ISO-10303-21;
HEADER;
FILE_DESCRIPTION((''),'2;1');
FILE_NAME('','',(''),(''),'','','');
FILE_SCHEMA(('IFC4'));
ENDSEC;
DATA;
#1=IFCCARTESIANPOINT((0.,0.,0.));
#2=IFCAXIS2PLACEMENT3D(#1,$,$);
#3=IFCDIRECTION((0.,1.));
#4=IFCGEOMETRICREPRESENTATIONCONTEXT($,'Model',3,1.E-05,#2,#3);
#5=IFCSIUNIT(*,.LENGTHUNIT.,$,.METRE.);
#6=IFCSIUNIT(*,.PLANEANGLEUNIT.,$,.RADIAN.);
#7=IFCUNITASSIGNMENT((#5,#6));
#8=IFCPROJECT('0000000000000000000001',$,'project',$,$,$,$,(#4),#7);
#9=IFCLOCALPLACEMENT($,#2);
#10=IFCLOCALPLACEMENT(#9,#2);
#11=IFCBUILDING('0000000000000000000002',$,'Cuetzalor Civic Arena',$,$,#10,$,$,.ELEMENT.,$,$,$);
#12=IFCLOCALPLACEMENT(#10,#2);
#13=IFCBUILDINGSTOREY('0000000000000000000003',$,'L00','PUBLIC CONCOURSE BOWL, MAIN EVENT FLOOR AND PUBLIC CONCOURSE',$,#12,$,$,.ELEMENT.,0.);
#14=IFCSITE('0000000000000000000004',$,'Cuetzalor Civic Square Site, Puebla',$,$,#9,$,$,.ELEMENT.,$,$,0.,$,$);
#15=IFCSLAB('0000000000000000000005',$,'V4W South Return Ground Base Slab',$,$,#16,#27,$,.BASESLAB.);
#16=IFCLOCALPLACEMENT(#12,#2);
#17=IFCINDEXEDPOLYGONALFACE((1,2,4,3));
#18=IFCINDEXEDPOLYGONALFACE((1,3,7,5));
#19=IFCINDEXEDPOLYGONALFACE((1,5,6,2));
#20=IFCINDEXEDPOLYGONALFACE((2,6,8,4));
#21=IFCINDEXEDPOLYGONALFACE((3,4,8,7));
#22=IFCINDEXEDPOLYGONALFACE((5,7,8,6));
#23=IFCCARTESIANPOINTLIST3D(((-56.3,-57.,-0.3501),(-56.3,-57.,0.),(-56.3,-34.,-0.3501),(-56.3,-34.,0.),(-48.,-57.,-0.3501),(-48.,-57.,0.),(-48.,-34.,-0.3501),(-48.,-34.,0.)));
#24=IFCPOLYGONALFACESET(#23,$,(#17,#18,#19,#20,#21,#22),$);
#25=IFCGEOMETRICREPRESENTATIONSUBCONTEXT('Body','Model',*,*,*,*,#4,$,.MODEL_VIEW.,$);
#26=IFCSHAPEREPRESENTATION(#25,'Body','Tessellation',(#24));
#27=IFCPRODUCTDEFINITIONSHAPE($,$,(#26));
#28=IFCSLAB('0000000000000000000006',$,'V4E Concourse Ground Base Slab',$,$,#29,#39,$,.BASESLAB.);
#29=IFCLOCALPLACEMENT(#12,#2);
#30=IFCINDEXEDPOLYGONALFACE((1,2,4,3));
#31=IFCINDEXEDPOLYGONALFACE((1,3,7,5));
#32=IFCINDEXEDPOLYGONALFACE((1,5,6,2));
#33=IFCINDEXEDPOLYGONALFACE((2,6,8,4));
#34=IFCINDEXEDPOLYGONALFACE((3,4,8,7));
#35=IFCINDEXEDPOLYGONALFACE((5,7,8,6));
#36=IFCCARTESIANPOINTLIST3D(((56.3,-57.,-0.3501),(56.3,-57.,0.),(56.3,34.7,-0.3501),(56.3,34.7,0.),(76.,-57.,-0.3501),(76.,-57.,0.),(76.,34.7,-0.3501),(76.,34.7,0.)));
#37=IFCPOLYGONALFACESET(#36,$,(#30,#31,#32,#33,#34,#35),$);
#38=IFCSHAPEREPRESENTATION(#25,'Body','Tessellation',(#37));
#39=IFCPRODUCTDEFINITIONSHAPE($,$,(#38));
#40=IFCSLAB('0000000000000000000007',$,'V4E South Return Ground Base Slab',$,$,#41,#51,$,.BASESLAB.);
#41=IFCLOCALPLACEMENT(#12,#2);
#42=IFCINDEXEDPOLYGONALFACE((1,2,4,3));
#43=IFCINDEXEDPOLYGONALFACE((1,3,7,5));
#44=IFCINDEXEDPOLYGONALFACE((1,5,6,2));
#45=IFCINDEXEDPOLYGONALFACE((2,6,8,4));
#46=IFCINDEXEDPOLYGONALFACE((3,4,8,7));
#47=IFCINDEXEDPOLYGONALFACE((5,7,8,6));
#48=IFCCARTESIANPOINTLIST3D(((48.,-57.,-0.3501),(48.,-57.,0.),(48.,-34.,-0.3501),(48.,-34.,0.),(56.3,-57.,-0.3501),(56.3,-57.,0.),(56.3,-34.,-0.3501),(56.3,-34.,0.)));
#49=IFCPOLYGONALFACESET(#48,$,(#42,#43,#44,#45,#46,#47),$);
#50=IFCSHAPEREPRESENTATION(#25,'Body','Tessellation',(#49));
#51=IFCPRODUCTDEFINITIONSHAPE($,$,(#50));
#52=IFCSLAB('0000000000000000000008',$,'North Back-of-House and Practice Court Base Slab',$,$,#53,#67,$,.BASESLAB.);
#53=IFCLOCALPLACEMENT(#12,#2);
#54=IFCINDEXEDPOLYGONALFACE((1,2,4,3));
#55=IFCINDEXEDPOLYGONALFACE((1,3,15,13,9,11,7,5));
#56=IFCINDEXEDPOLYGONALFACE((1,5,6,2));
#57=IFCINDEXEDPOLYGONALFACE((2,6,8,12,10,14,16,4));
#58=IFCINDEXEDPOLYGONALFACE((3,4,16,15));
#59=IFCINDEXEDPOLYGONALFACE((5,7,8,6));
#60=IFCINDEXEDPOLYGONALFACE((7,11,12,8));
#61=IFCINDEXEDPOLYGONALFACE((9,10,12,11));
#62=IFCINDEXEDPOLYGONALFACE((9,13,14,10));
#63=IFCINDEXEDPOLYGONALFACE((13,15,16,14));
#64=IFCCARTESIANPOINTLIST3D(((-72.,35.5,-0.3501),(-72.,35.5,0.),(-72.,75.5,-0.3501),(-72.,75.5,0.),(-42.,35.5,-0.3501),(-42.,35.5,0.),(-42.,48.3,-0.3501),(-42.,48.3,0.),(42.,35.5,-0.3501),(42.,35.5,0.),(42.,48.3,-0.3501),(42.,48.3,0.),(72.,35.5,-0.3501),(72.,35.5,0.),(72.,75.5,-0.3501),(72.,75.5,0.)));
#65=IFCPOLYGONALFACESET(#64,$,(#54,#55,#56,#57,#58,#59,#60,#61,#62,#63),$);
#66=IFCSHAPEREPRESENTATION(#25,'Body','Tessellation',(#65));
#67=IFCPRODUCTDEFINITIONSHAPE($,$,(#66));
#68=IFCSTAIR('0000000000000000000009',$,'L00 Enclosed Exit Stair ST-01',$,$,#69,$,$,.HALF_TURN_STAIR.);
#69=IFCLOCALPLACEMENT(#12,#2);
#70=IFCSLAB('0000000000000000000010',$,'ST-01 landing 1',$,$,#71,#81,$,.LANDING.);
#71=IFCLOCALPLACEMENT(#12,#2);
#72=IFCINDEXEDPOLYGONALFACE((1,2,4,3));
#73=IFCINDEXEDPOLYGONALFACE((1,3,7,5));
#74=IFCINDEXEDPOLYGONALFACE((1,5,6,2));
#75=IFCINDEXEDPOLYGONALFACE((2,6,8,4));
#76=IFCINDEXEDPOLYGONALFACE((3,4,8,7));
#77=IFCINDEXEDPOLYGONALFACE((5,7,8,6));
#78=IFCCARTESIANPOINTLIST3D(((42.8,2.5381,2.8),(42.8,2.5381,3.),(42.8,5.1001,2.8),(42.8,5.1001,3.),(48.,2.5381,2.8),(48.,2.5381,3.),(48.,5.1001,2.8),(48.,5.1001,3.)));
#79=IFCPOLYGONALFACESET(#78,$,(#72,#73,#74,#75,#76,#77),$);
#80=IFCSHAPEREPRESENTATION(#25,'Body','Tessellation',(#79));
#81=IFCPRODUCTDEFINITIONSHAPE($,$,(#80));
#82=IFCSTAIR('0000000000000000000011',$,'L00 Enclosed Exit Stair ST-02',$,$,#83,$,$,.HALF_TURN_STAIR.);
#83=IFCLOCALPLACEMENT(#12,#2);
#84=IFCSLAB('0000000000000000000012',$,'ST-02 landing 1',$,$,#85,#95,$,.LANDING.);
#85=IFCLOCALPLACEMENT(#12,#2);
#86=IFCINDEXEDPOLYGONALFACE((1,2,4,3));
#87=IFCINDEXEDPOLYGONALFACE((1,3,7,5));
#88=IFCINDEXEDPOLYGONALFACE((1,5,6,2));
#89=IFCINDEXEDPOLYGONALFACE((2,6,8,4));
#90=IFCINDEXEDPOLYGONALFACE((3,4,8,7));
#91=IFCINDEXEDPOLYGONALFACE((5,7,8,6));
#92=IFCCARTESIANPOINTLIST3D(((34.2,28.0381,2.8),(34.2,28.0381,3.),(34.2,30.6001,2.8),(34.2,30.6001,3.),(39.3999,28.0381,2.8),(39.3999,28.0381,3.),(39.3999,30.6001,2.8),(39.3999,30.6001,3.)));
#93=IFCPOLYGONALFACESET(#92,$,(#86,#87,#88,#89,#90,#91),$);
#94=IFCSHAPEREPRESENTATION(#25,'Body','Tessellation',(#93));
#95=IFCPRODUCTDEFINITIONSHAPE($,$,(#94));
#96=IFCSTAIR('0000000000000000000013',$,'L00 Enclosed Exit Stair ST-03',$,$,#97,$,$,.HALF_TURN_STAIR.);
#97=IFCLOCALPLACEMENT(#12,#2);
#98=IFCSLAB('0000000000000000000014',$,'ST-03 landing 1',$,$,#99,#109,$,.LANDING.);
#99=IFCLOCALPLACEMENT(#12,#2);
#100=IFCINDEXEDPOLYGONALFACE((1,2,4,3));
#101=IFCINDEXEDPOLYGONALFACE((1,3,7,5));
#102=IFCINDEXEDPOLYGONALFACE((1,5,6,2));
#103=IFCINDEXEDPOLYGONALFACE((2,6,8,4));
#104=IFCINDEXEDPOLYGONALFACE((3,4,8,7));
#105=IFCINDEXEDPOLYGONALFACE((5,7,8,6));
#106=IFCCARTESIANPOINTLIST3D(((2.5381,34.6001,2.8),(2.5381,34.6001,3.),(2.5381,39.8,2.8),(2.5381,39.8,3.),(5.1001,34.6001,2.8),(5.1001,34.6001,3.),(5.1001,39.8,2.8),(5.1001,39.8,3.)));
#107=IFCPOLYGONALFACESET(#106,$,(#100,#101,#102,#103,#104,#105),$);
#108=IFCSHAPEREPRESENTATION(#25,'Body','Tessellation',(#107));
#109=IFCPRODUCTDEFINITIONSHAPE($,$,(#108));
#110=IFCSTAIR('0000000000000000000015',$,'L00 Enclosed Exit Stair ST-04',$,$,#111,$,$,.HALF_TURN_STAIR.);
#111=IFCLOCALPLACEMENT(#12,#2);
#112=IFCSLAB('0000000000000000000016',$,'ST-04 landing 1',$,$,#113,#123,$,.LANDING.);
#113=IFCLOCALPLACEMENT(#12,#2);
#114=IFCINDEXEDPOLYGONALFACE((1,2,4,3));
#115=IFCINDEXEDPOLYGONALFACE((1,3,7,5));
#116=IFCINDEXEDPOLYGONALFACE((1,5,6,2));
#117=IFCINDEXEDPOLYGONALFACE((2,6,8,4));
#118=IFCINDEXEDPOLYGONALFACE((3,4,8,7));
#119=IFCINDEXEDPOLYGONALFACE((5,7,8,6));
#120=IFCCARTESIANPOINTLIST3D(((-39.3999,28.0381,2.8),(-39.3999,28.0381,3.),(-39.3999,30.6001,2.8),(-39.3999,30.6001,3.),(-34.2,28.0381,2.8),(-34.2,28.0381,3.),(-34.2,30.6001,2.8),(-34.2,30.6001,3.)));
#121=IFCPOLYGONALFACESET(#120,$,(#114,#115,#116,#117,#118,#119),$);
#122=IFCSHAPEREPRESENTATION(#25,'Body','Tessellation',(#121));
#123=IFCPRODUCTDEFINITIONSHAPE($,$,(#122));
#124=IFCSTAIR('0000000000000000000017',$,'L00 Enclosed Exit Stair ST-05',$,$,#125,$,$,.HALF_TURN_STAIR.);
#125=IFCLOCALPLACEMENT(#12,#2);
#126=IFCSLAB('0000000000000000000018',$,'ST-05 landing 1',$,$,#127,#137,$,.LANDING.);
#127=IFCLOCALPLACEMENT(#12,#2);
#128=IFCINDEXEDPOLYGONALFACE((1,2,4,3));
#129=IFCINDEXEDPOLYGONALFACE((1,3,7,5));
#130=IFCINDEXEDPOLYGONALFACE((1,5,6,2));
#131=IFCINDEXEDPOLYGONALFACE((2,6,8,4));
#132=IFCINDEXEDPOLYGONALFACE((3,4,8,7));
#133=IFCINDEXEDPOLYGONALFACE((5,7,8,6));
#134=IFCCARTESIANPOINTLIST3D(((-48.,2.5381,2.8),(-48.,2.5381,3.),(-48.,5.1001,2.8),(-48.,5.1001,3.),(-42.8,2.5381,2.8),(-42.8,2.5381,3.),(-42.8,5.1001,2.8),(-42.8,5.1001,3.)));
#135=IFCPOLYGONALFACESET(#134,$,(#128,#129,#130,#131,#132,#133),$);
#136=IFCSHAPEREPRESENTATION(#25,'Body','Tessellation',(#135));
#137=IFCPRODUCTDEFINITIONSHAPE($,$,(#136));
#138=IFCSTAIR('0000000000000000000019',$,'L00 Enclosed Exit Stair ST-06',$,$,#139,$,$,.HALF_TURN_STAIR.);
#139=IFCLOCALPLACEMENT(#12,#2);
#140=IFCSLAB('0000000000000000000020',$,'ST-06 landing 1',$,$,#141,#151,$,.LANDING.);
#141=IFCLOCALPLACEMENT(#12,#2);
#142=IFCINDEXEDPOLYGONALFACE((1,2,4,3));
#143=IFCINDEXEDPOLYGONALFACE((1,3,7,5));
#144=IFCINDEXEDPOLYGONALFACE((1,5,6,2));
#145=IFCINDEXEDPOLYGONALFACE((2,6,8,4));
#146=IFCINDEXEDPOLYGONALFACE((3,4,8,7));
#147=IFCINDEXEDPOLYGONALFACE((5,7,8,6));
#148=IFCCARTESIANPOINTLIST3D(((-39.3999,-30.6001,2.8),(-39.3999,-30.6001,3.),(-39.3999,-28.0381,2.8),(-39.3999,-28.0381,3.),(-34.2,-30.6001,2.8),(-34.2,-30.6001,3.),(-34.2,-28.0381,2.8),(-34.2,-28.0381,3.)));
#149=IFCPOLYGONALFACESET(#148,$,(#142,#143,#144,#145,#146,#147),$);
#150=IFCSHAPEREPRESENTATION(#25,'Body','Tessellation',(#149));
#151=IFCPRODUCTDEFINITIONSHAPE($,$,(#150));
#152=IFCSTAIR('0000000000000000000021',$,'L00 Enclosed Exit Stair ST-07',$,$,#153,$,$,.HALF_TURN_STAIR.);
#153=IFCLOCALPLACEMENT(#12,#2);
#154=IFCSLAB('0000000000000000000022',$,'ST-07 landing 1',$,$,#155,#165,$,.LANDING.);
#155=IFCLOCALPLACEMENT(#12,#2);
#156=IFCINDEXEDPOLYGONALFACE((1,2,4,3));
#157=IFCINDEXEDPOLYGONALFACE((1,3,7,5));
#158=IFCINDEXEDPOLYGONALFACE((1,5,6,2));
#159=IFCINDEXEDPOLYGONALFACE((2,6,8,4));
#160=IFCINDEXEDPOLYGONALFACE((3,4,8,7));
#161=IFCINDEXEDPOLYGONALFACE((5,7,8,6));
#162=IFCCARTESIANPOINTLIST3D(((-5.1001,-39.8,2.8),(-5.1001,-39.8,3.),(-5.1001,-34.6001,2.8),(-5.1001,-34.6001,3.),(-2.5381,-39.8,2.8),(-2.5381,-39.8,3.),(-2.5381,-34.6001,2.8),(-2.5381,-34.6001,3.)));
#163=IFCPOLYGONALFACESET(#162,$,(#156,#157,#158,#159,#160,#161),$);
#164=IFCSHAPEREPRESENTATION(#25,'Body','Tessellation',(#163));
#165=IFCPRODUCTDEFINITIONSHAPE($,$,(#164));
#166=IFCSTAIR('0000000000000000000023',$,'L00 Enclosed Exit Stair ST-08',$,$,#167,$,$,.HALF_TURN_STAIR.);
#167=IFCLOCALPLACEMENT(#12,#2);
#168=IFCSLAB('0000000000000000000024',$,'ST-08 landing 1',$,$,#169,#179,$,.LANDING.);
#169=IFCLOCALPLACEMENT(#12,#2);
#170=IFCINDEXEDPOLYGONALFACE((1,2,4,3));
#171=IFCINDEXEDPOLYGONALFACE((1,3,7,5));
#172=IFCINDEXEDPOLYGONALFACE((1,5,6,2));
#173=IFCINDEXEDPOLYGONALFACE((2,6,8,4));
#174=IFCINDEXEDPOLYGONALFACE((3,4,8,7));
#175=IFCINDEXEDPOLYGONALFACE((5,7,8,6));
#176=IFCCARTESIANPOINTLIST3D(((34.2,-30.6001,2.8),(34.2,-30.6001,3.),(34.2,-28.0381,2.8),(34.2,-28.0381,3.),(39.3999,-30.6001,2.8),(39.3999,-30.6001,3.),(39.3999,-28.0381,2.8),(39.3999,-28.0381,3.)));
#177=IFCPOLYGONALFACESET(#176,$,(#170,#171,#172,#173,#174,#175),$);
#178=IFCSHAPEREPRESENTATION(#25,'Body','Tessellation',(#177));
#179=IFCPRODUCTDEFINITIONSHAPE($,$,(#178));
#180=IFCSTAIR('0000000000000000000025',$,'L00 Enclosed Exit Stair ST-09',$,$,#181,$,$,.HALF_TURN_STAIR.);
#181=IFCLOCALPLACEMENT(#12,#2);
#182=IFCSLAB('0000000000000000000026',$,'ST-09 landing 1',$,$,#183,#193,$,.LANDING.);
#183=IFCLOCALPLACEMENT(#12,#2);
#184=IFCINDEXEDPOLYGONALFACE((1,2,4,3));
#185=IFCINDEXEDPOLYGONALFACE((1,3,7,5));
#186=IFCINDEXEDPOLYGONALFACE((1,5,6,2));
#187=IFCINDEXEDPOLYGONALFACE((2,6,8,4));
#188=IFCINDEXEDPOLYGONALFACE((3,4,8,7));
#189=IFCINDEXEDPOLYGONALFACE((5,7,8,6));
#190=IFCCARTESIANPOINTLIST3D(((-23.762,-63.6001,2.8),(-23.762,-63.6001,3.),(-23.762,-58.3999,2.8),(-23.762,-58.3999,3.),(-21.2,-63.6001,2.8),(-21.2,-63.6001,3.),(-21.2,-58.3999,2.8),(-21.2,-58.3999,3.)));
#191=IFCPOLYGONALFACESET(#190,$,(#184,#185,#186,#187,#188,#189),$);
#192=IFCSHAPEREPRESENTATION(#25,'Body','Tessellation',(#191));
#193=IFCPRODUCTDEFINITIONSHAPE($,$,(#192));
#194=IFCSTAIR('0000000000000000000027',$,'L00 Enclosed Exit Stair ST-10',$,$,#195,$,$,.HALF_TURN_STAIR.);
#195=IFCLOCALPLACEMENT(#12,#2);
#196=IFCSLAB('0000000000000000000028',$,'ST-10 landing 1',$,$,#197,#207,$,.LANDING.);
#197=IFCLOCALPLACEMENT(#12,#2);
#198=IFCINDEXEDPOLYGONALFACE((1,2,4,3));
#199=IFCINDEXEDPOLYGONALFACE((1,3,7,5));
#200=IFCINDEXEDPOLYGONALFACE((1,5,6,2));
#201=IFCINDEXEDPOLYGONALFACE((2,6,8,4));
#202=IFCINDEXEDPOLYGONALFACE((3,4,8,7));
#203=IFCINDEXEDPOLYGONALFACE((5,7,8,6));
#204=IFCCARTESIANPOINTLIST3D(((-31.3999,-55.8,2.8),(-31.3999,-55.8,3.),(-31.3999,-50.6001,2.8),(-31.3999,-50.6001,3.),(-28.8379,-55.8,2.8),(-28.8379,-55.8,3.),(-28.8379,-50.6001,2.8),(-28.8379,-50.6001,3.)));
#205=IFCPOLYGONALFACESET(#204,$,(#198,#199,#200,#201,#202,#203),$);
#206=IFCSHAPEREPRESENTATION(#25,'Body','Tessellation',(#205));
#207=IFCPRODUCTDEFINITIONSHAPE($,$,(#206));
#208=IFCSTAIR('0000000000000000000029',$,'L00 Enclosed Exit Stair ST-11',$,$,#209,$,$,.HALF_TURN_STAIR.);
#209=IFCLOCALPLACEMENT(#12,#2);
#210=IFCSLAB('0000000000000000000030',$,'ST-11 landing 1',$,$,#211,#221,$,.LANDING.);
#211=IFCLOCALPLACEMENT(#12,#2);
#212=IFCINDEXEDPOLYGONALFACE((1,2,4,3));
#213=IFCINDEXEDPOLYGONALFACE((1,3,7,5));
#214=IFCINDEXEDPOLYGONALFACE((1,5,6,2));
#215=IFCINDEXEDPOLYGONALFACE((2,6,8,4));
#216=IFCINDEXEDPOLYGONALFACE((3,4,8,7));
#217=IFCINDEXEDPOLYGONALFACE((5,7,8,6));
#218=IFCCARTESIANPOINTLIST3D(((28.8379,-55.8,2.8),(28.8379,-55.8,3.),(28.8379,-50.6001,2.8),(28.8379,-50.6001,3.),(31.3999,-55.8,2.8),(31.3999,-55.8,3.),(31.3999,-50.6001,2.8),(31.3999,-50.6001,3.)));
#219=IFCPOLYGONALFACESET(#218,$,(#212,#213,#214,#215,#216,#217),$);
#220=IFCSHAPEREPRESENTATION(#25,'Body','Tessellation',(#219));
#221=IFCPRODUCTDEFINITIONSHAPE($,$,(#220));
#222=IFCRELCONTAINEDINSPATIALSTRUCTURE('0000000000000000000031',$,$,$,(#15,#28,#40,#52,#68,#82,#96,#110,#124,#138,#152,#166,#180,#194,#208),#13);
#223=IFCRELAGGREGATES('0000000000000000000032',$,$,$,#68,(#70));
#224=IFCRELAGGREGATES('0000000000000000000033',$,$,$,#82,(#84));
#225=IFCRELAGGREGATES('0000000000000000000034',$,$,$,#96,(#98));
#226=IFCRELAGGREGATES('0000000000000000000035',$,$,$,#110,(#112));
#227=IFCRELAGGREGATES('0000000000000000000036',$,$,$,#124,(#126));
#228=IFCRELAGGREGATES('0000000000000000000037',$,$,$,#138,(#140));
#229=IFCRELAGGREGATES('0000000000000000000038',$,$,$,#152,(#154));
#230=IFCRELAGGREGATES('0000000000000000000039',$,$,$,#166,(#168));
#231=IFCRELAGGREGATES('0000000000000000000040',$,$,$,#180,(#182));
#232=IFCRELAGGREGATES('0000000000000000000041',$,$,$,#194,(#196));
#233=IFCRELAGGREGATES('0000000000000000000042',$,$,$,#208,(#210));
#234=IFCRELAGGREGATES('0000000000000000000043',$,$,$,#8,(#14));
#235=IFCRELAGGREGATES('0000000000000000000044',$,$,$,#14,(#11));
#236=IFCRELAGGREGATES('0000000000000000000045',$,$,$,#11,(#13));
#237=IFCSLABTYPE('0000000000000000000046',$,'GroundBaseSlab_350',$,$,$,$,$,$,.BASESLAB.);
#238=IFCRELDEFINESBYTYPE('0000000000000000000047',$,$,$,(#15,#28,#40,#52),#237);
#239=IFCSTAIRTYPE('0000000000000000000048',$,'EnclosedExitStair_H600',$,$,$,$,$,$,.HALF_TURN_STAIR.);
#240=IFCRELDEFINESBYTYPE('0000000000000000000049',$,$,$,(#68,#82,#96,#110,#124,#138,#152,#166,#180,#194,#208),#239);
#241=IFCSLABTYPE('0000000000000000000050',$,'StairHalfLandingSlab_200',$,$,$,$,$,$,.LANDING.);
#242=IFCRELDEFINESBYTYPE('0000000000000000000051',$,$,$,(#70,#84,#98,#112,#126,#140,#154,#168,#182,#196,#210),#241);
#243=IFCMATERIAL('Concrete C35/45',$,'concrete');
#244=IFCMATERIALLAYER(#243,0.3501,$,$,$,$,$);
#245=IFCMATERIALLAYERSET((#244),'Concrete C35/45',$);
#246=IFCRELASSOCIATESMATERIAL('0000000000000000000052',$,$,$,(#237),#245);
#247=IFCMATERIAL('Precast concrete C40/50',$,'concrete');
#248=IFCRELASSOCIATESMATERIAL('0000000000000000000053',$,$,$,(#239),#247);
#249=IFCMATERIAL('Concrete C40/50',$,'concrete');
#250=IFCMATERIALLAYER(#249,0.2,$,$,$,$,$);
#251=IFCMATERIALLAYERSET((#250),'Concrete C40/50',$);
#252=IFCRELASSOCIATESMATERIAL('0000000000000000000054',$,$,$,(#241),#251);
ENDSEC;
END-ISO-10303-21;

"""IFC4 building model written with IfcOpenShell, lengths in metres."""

from ifc_helpers import new_model, si_unit, direction, frame, origin, place, context, subcontext, project, spatial, polyline, outline, extrude, material, layer, layer_set, type_object, element, aggregate, save


model = new_model("IFC4")

# Units and contexts
model_context = context("Model", 3, precision=1e-05, world=origin(), true_north=direction((0.0, 1.0)))
body_context = subcontext(model_context, "Body", "Model", "MODEL_VIEW")
ifc_project = project(units=[si_unit("LENGTHUNIT", "METRE"), si_unit("PLANEANGLEUNIT", "RADIAN")], contexts=[model_context])

# Site, building, storey
site_placement = place(None, origin())
site = spatial("IfcSite", under=ifc_project, at=site_placement, Name="Cuetzalor Civic Square Site, Puebla", CompositionType="ELEMENT", RefElevation=0.0)
building_placement = place(site_placement, origin())
building = spatial("IfcBuilding", under=site, at=building_placement, Name="Cuetzalor Civic Arena", CompositionType="ELEMENT")
storey_placement = place(building_placement, origin())
storey = spatial("IfcBuildingStorey", under=building, at=storey_placement, Name="L00", Description="PUBLIC CONCOURSE BOWL, MAIN EVENT FLOOR AND PUBLIC CONCOURSE", CompositionType="ELEMENT", Elevation=0.0)

# Slabs
ifc_material_1 = material(Name="Concrete C35/45", Category="concrete")
ifc_layer_1 = layer(ifc_material_1, 0.3501)
ifc_layer_set_1 = layer_set([ifc_layer_1], Name="Concrete C35/45")
slab_type_1 = type_object("IfcSlabType", Name="GroundBaseSlab_350", PredefinedType="BASESLAB", material=ifc_layer_set_1)
slab_1_placement = place(storey_placement, frame((0.0, 0.0, -0.3501)))
element("IfcSlab", 1, at=slab_1_placement, inside=storey, type_object=slab_type_1, Name="V4W South Return Ground Base Slab", PredefinedType="BASESLAB", context=body_context, shape_type="SweptSolid", body=[
    extrude(outline(polyline([(-56.3, -57.0), (-48.0, -57.0), (-48.0, -34.0), (-56.3, -34.0), (-56.3, -57.0)])), origin(), (0.0, 0.0, 1.0), 0.3501),
])
slab_2_placement = place(storey_placement, frame((0.0, 0.0, -0.3501)))
element("IfcSlab", 2, at=slab_2_placement, inside=storey, type_object=slab_type_1, Name="V4E Concourse Ground Base Slab", PredefinedType="BASESLAB", context=body_context, shape_type="SweptSolid", body=[
    extrude(outline(polyline([(56.3, -57.0), (76.0, -57.0), (76.0, 34.7), (56.3, 34.7), (56.3, -57.0)])), origin(), (0.0, 0.0, 1.0), 0.3501),
])
slab_3_placement = place(storey_placement, frame((0.0, 0.0, -0.3501)))
element("IfcSlab", 3, at=slab_3_placement, inside=storey, type_object=slab_type_1, Name="V4E South Return Ground Base Slab", PredefinedType="BASESLAB", context=body_context, shape_type="SweptSolid", body=[
    extrude(outline(polyline([(48.0, -57.0), (56.3, -57.0), (56.3, -34.0), (48.0, -34.0), (48.0, -57.0)])), origin(), (0.0, 0.0, 1.0), 0.3501),
])
slab_4_placement = place(storey_placement, frame((0.0, 0.0, -0.3501)))
element("IfcSlab", 4, at=slab_4_placement, inside=storey, type_object=slab_type_1, Name="North Back-of-House and Practice Court Base Slab", PredefinedType="BASESLAB", context=body_context, shape_type="SweptSolid", body=[
    extrude(outline(polyline([(-72.0, 35.5), (-42.0, 35.5), (-42.0, 48.3), (42.0, 48.3), (42.0, 35.5), (72.0, 35.5), (72.0, 75.5), (-72.0, 75.5), (-72.0, 35.5)])), origin(), (0.0, 0.0, 1.0), 0.3501),
])

# Stairs, slabs
ifc_material_2 = material(Name="Precast concrete C40/50", Category="concrete")
stair_type_1 = type_object("IfcStairType", Name="EnclosedExitStair_H600", PredefinedType="HALF_TURN_STAIR", material=ifc_material_2)
stair_1_placement = place(storey_placement, origin())
stair_1 = element("IfcStair", 5, at=stair_1_placement, inside=storey, type_object=stair_type_1, Name="L00 Enclosed Exit Stair ST-01", PredefinedType="HALF_TURN_STAIR")
ifc_material_3 = material(Name="Concrete C40/50", Category="concrete")
ifc_layer_2 = layer(ifc_material_3, 0.2)
ifc_layer_set_2 = layer_set([ifc_layer_2], Name="Concrete C40/50")
slab_type_2 = type_object("IfcSlabType", Name="StairHalfLandingSlab_200", PredefinedType="LANDING", material=ifc_layer_set_2)
slab_5_placement = place(storey_placement, frame((0.0, 0.0, 2.8)))
slab_5 = element("IfcSlab", 6, at=slab_5_placement, type_object=slab_type_2, Name="ST-01 landing 1", PredefinedType="LANDING", context=body_context, shape_type="SweptSolid", body=[
    extrude(outline(polyline([(48.0, 2.5381), (48.0, 5.1001), (42.8, 5.1001), (42.8, 2.5381), (48.0, 2.5381)])), origin(), (0.0, 0.0, 1.0), 0.2),
])
aggregate(stair_1, [slab_5])
stair_2_placement = place(storey_placement, origin())
stair_2 = element("IfcStair", 7, at=stair_2_placement, inside=storey, type_object=stair_type_1, Name="L00 Enclosed Exit Stair ST-02", PredefinedType="HALF_TURN_STAIR")
slab_6_placement = place(storey_placement, frame((0.0, 0.0, 2.8)))
slab_6 = element("IfcSlab", 8, at=slab_6_placement, type_object=slab_type_2, Name="ST-02 landing 1", PredefinedType="LANDING", context=body_context, shape_type="SweptSolid", body=[
    extrude(outline(polyline([(39.3999, 28.0381), (39.3999, 30.6001), (34.2, 30.6001), (34.2, 28.0381), (39.3999, 28.0381)])), origin(), (0.0, 0.0, 1.0), 0.2),
])
aggregate(stair_2, [slab_6])
stair_3_placement = place(storey_placement, origin())
stair_3 = element("IfcStair", 9, at=stair_3_placement, inside=storey, type_object=stair_type_1, Name="L00 Enclosed Exit Stair ST-03", PredefinedType="HALF_TURN_STAIR")
slab_7_placement = place(storey_placement, frame((0.0, 0.0, 2.8)))
slab_7 = element("IfcSlab", 10, at=slab_7_placement, type_object=slab_type_2, Name="ST-03 landing 1", PredefinedType="LANDING", context=body_context, shape_type="SweptSolid", body=[
    extrude(outline(polyline([(2.5381, 34.6001), (5.1001, 34.6001), (5.1001, 39.8), (2.5381, 39.8), (2.5381, 34.6001)])), origin(), (0.0, 0.0, 1.0), 0.2),
])
aggregate(stair_3, [slab_7])
stair_4_placement = place(storey_placement, origin())
stair_4 = element("IfcStair", 11, at=stair_4_placement, inside=storey, type_object=stair_type_1, Name="L00 Enclosed Exit Stair ST-04", PredefinedType="HALF_TURN_STAIR")
slab_8_placement = place(storey_placement, frame((0.0, 0.0, 2.8)))
slab_8 = element("IfcSlab", 12, at=slab_8_placement, type_object=slab_type_2, Name="ST-04 landing 1", PredefinedType="LANDING", context=body_context, shape_type="SweptSolid", body=[
    extrude(outline(polyline([(-34.2, 28.0381), (-34.2, 30.6001), (-39.3999, 30.6001), (-39.3999, 28.0381), (-34.2, 28.0381)])), origin(), (0.0, 0.0, 1.0), 0.2),
])
aggregate(stair_4, [slab_8])
stair_5_placement = place(storey_placement, origin())
stair_5 = element("IfcStair", 13, at=stair_5_placement, inside=storey, type_object=stair_type_1, Name="L00 Enclosed Exit Stair ST-05", PredefinedType="HALF_TURN_STAIR")
slab_9_placement = place(storey_placement, frame((0.0, 0.0, 2.8)))
slab_9 = element("IfcSlab", 14, at=slab_9_placement, type_object=slab_type_2, Name="ST-05 landing 1", PredefinedType="LANDING", context=body_context, shape_type="SweptSolid", body=[
    extrude(outline(polyline([(-42.8, 2.5381), (-42.8, 5.1001), (-48.0, 5.1001), (-48.0, 2.5381), (-42.8, 2.5381)])), origin(), (0.0, 0.0, 1.0), 0.2),
])
aggregate(stair_5, [slab_9])
stair_6_placement = place(storey_placement, origin())
stair_6 = element("IfcStair", 15, at=stair_6_placement, inside=storey, type_object=stair_type_1, Name="L00 Enclosed Exit Stair ST-06", PredefinedType="HALF_TURN_STAIR")
slab_10_placement = place(storey_placement, frame((0.0, 0.0, 2.8)))
slab_10 = element("IfcSlab", 16, at=slab_10_placement, type_object=slab_type_2, Name="ST-06 landing 1", PredefinedType="LANDING", context=body_context, shape_type="SweptSolid", body=[
    extrude(outline(polyline([(-39.3999, -28.0381), (-39.3999, -30.6001), (-34.2, -30.6001), (-34.2, -28.0381), (-39.3999, -28.0381)])), origin(), (0.0, 0.0, 1.0), 0.2),
])
aggregate(stair_6, [slab_10])
stair_7_placement = place(storey_placement, origin())
stair_7 = element("IfcStair", 17, at=stair_7_placement, inside=storey, type_object=stair_type_1, Name="L00 Enclosed Exit Stair ST-07", PredefinedType="HALF_TURN_STAIR")
slab_11_placement = place(storey_placement, frame((0.0, 0.0, 2.8)))
slab_11 = element("IfcSlab", 18, at=slab_11_placement, type_object=slab_type_2, Name="ST-07 landing 1", PredefinedType="LANDING", context=body_context, shape_type="SweptSolid", body=[
    extrude(outline(polyline([(-2.5381, -34.6001), (-5.1001, -34.6001), (-5.1001, -39.8), (-2.5381, -39.8), (-2.5381, -34.6001)])), origin(), (0.0, 0.0, 1.0), 0.2),
])
aggregate(stair_7, [slab_11])
stair_8_placement = place(storey_placement, origin())
stair_8 = element("IfcStair", 19, at=stair_8_placement, inside=storey, type_object=stair_type_1, Name="L00 Enclosed Exit Stair ST-08", PredefinedType="HALF_TURN_STAIR")
slab_12_placement = place(storey_placement, frame((0.0, 0.0, 2.8)))
slab_12 = element("IfcSlab", 20, at=slab_12_placement, type_object=slab_type_2, Name="ST-08 landing 1", PredefinedType="LANDING", context=body_context, shape_type="SweptSolid", body=[
    extrude(outline(polyline([(34.2, -28.0381), (34.2, -30.6001), (39.3999, -30.6001), (39.3999, -28.0381), (34.2, -28.0381)])), origin(), (0.0, 0.0, 1.0), 0.2),
])
aggregate(stair_8, [slab_12])
stair_9_placement = place(storey_placement, origin())
stair_9 = element("IfcStair", 21, at=stair_9_placement, inside=storey, type_object=stair_type_1, Name="L00 Enclosed Exit Stair ST-09", PredefinedType="HALF_TURN_STAIR")
slab_13_placement = place(storey_placement, frame((0.0, 0.0, 2.8)))
slab_13 = element("IfcSlab", 22, at=slab_13_placement, type_object=slab_type_2, Name="ST-09 landing 1", PredefinedType="LANDING", context=body_context, shape_type="SweptSolid", body=[
    extrude(outline(polyline([(-23.762, -63.6001), (-21.2, -63.6001), (-21.2, -58.3999), (-23.762, -58.3999), (-23.762, -63.6001)])), origin(), (0.0, 0.0, 1.0), 0.2),
])
aggregate(stair_9, [slab_13])
stair_10_placement = place(storey_placement, origin())
stair_10 = element("IfcStair", 23, at=stair_10_placement, inside=storey, type_object=stair_type_1, Name="L00 Enclosed Exit Stair ST-10", PredefinedType="HALF_TURN_STAIR")
slab_14_placement = place(storey_placement, frame((0.0, 0.0, 2.8)))
slab_14 = element("IfcSlab", 24, at=slab_14_placement, type_object=slab_type_2, Name="ST-10 landing 1", PredefinedType="LANDING", context=body_context, shape_type="SweptSolid", body=[
    extrude(outline(polyline([(-28.8379, -50.6001), (-31.3999, -50.6001), (-31.3999, -55.8), (-28.8379, -55.8), (-28.8379, -50.6001)])), origin(), (0.0, 0.0, 1.0), 0.2),
])
aggregate(stair_10, [slab_14])
stair_11_placement = place(storey_placement, origin())
stair_11 = element("IfcStair", 25, at=stair_11_placement, inside=storey, type_object=stair_type_1, Name="L00 Enclosed Exit Stair ST-11", PredefinedType="HALF_TURN_STAIR")
slab_15_placement = place(storey_placement, frame((0.0, 0.0, 2.8)))
slab_15 = element("IfcSlab", 26, at=slab_15_placement, type_object=slab_type_2, Name="ST-11 landing 1", PredefinedType="LANDING", context=body_context, shape_type="SweptSolid", body=[
    extrude(outline(polyline([(28.8379, -55.8), (31.3999, -55.8), (31.3999, -50.6001), (28.8379, -50.6001), (28.8379, -55.8)])), origin(), (0.0, 0.0, 1.0), 0.2),
])
aggregate(stair_11, [slab_15])

save(model, "model.ifc")
